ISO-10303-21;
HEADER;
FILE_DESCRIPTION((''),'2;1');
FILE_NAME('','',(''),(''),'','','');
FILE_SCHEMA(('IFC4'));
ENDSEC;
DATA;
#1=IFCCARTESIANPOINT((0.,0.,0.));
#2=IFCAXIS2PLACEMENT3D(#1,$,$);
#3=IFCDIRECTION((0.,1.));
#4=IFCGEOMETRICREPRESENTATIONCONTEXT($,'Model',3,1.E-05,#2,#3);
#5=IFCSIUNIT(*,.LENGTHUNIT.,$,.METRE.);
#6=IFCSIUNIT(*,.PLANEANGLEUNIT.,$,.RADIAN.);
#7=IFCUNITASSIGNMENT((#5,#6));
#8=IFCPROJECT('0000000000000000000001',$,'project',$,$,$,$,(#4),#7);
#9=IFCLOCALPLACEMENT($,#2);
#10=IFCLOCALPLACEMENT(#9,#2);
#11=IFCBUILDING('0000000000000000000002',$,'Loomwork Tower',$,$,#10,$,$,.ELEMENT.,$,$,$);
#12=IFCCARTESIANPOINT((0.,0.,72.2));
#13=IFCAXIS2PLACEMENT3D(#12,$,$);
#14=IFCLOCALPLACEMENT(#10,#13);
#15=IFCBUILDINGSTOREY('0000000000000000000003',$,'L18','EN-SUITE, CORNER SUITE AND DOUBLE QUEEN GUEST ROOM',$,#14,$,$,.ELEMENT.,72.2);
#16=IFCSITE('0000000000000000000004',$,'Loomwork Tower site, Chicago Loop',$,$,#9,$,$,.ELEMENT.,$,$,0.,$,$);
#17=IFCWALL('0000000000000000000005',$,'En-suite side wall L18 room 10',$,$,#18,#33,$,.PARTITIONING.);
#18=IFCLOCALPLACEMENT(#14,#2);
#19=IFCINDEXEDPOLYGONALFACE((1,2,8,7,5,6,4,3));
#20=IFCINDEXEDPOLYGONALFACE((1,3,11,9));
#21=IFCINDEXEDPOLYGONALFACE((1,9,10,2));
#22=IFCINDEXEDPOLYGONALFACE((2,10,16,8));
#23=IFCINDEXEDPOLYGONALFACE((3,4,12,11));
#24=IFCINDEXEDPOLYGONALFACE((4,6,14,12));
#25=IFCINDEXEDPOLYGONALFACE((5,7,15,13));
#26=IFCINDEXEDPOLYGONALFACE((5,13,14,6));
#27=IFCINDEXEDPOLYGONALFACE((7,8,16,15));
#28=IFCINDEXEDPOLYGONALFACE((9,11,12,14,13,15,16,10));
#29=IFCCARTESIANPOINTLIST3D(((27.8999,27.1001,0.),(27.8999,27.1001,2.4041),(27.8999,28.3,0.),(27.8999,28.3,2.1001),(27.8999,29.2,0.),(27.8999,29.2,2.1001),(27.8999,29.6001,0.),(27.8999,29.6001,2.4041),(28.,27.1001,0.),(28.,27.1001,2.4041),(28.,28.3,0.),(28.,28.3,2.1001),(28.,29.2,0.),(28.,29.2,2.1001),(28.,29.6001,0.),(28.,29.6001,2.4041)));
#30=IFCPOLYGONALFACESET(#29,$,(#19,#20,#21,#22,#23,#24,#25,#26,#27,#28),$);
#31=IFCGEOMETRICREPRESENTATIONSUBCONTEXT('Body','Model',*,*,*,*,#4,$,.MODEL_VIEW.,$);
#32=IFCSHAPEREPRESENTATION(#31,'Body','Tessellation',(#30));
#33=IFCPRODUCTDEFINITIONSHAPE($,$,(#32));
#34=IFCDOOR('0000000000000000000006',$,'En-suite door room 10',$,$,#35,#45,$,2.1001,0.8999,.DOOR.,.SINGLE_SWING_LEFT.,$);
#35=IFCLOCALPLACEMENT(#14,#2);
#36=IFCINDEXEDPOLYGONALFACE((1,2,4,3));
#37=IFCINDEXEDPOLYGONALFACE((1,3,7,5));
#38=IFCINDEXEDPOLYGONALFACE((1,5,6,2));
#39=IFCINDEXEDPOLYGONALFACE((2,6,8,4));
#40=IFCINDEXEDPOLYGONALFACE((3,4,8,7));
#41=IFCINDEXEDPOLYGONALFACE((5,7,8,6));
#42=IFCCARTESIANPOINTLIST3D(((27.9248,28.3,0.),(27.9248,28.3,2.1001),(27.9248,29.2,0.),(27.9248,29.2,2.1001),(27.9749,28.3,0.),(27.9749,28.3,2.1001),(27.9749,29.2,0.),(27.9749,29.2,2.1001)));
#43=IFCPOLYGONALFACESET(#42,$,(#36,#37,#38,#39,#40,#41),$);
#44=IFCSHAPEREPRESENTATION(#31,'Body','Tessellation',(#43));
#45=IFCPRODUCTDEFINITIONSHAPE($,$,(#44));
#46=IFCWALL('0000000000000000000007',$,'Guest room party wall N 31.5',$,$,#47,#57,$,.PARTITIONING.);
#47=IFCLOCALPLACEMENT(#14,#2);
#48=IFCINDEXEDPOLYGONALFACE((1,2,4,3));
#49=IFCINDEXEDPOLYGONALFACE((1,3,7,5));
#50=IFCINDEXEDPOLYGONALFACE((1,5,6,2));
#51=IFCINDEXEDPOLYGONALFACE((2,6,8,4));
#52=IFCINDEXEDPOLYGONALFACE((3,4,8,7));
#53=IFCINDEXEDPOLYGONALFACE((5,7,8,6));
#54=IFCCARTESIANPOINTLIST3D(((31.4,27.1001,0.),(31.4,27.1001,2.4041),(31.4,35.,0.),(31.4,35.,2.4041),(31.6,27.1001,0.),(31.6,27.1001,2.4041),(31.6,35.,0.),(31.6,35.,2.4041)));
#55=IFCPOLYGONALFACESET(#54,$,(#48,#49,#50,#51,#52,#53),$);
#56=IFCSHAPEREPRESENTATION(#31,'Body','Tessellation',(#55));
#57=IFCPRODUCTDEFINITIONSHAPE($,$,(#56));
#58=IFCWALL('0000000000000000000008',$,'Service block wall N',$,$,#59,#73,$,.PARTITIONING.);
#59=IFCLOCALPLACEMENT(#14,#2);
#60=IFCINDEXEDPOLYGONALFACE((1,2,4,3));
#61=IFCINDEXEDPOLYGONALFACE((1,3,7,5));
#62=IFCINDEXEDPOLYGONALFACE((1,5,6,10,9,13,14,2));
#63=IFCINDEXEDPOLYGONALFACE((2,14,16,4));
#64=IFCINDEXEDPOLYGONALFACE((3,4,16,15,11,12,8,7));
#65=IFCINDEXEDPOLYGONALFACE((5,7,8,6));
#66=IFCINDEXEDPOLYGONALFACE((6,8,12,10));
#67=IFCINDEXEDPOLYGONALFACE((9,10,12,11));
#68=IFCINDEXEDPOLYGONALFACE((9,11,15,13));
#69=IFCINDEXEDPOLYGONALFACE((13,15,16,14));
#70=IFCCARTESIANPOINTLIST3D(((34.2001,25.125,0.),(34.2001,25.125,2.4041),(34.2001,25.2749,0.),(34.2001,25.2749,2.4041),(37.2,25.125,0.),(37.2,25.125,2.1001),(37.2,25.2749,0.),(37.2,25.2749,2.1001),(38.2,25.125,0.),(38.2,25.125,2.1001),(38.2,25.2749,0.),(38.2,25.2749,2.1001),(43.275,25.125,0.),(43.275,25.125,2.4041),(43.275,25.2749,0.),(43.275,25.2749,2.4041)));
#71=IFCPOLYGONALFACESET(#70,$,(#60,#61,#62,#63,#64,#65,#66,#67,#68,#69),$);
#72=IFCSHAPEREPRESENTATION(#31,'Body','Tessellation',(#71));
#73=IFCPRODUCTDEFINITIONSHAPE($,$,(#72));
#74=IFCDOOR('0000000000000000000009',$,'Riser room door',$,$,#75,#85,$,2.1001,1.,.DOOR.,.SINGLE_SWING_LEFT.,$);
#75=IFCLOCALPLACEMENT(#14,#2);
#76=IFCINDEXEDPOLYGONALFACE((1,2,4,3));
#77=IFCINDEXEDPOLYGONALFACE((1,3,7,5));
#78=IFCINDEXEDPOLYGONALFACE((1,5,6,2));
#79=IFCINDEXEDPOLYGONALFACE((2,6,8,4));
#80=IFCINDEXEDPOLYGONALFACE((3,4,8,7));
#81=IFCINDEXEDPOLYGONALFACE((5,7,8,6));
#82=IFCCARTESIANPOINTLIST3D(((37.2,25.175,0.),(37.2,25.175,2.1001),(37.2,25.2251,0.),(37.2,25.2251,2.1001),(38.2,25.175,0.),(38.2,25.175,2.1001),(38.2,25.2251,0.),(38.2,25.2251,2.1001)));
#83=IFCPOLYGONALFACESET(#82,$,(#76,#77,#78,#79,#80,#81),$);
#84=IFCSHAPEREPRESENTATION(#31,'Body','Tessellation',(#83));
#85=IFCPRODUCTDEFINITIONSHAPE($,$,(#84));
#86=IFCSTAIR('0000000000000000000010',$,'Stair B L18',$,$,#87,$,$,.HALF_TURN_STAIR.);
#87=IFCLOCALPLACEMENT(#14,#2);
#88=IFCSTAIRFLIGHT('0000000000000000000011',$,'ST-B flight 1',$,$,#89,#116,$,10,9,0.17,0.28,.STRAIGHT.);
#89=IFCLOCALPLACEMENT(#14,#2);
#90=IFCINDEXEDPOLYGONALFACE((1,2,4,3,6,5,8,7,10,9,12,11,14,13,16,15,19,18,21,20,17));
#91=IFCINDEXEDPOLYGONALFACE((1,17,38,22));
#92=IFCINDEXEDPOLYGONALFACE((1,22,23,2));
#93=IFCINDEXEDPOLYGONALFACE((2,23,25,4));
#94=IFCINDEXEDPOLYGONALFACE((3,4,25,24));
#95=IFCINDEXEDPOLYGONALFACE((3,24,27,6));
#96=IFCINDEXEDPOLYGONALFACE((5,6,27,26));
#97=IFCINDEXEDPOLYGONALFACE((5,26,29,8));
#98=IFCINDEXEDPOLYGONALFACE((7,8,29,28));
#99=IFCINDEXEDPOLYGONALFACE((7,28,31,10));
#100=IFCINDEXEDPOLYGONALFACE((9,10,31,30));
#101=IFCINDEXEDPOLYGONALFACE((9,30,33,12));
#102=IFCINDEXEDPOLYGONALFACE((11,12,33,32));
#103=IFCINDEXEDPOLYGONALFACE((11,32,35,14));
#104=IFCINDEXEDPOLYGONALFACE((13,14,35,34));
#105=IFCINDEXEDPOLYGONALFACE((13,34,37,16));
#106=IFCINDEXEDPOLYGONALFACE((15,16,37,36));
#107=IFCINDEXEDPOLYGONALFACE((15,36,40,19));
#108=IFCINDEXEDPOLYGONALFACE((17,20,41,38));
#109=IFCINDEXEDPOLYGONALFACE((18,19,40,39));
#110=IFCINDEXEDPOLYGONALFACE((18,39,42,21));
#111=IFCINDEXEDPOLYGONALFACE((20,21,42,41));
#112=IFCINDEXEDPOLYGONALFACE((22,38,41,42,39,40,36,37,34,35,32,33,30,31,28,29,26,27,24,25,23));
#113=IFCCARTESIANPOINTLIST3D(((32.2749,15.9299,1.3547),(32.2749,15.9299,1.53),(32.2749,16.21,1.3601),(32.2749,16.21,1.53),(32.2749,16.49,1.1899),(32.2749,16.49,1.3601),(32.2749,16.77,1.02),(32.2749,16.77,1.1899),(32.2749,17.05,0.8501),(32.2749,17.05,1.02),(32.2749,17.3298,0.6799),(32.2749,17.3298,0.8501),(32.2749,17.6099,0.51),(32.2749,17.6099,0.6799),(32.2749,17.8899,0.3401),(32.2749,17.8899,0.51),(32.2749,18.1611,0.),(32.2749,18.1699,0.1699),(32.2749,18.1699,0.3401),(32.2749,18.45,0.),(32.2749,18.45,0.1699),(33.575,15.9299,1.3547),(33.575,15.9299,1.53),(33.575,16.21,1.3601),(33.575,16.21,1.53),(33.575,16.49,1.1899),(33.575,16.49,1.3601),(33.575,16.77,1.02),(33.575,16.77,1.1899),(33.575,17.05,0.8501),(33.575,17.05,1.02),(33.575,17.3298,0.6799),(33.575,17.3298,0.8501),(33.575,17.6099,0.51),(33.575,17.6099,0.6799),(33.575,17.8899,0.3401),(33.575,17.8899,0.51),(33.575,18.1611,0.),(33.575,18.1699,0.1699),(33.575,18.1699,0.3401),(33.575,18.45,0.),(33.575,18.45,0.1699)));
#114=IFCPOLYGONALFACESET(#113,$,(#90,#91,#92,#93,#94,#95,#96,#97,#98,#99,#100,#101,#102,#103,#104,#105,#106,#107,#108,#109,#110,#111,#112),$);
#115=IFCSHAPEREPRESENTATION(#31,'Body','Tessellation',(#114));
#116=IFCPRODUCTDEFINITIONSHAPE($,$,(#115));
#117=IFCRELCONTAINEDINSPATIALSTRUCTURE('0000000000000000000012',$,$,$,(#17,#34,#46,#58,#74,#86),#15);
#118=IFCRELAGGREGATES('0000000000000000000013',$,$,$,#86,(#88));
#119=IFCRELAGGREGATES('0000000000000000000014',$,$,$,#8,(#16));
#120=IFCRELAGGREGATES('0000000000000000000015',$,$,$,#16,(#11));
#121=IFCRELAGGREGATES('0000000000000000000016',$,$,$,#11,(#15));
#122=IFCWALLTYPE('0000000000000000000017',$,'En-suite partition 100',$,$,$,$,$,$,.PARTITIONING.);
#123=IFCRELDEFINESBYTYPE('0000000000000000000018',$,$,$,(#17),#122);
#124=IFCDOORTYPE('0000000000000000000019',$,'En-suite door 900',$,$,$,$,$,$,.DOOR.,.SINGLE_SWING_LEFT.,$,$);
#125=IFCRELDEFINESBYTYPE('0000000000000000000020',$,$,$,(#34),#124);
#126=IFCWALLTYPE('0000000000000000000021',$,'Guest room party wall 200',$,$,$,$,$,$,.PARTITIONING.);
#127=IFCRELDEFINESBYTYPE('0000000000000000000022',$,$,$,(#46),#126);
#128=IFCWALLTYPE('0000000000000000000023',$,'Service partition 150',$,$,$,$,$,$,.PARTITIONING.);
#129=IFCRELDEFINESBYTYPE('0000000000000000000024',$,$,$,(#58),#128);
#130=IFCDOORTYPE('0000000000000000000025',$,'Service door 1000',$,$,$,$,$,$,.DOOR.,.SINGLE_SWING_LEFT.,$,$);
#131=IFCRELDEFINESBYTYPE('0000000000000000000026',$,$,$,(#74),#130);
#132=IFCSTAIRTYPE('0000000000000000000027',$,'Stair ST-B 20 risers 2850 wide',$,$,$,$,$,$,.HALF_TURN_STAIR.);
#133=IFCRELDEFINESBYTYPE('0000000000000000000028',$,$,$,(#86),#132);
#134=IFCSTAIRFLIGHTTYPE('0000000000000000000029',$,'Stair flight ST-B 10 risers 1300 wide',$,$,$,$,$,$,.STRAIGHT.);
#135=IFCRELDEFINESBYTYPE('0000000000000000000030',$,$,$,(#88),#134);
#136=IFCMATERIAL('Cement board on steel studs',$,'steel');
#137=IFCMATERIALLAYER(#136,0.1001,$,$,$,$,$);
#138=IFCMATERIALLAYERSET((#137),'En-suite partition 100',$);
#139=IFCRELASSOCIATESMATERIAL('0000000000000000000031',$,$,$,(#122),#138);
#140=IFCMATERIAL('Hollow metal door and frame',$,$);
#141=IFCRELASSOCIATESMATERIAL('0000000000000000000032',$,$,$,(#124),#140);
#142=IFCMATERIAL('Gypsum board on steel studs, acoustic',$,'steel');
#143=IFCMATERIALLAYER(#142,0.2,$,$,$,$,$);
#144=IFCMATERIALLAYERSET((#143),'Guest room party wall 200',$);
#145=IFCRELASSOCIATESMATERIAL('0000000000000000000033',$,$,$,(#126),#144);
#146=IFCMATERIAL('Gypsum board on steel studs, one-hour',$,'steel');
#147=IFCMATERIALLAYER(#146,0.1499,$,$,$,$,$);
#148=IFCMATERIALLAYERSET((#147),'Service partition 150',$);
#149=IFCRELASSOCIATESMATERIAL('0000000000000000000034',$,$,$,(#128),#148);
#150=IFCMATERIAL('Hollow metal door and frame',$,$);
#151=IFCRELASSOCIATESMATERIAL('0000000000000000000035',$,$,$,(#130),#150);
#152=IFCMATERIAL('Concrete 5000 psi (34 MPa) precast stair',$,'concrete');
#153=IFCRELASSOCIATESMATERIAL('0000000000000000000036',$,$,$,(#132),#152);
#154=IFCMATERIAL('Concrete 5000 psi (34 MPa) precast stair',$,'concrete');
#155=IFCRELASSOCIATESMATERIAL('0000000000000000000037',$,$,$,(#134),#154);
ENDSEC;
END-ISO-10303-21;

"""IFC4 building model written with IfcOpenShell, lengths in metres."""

from ifc_helpers import new_model, si_unit, direction, frame, frame_2d, origin, place, context, subcontext, project, spatial, polyline, rectangle, outline, extrude, material, layer, layer_set, type_object, element, fill, aggregate, save


model = new_model("IFC4")

# Units and contexts
model_context = context("Model", 3, precision=1e-05, world=origin(), true_north=direction((0.0, 1.0)))
body_context = subcontext(model_context, "Body", "Model", "MODEL_VIEW")
ifc_project = project(units=[si_unit("LENGTHUNIT", "METRE"), si_unit("PLANEANGLEUNIT", "RADIAN")], contexts=[model_context])

# Site, building, storey
site_placement = place(None, origin())
site = spatial("IfcSite", under=ifc_project, at=site_placement, Name="Loomwork Tower site, Chicago Loop", CompositionType="ELEMENT", RefElevation=0.0)
building_placement = place(site_placement, origin())
building = spatial("IfcBuilding", under=site, at=building_placement, Name="Loomwork Tower", CompositionType="ELEMENT")
storey_placement = place(building_placement, frame((0.0, 0.0, 72.2)))
storey = spatial("IfcBuildingStorey", under=building, at=storey_placement, Name="L18", Description="EN-SUITE, CORNER SUITE AND DOUBLE QUEEN GUEST ROOM", CompositionType="ELEMENT", Elevation=72.2)

# Shared definitions
ifc_material_1 = material(Name="Cement board on steel studs", Category="steel")
ifc_layer_1 = layer(ifc_material_1, 0.1001)
ifc_layer_set_1 = layer_set([ifc_layer_1], Name="En-suite partition 100")
wall_type_1 = type_object("IfcWallType", Name="En-suite partition 100", PredefinedType="PARTITIONING", material=ifc_layer_set_1)

# Wall, opening, door
wall_1_placement = place(storey_placement, frame((27.95, 27.1001, 0.0), z_axis=(0.0, 0.0, 1.0), x_axis=(0.0, 1.0, 0.0)))
wall_1 = element("IfcWall", 1, at=wall_1_placement, inside=storey, type_object=wall_type_1, Name="En-suite side wall L18 room 10", PredefinedType="PARTITIONING", context=body_context, shape_type="SweptSolid", body=[
    extrude(rectangle(XDim=2.5, YDim=0.1001, at=frame_2d((1.25, 0.0))), origin(), (0.0, 0.0, 1.0), 2.4041),
])
opening_1_placement = place(wall_1_placement, frame((1.2, 0.0, 0.0)))
opening_1 = element("IfcOpeningElement", 2, at=opening_1_placement, cuts=wall_1, PredefinedType="OPENING", context=body_context, shape_type="SweptSolid", body=[
    extrude(rectangle(XDim=0.8999, YDim=2.1001, at=frame_2d((0.45, 1.05))), frame((0.0, 0.0601, 0.0), z_axis=(0.0, -1.0, 0.0), x_axis=(1.0, 0.0, 0.0)), (0.0, 0.0, 1.0), 0.1201),
])
ifc_material_2 = material(Name="Hollow metal door and frame")
door_type_1 = type_object("IfcDoorType", Name="En-suite door 900", OperationType="SINGLE_SWING_LEFT", PredefinedType="DOOR", material=ifc_material_2)
door_1_placement = place(opening_1_placement, frame((0.8999, 0.0, 0.0), z_axis=(0.0, 0.0, 1.0), x_axis=(-1.0, 0.0, 0.0)))
door_1 = element("IfcDoor", 3, at=door_1_placement, inside=storey, type_object=door_type_1, Name="En-suite door room 10", OperationType="SINGLE_SWING_LEFT", OverallHeight=2.1001, OverallWidth=0.8999, PredefinedType="DOOR", context=body_context, shape_type="SweptSolid", body=[
    extrude(rectangle(XDim=0.8999, YDim=2.1001, at=frame_2d((0.45, 1.05))), frame((0.0, 0.0249, 0.0), z_axis=(0.0, -1.0, 0.0), x_axis=(1.0, 0.0, 0.0)), (0.0, 0.0, 1.0), 0.05),
])
fill(opening_1, door_1)

# Wall
ifc_material_3 = material(Name="Gypsum board on steel studs, acoustic", Category="steel")
ifc_layer_2 = layer(ifc_material_3, 0.2)
ifc_layer_set_2 = layer_set([ifc_layer_2], Name="Guest room party wall 200")
wall_type_2 = type_object("IfcWallType", Name="Guest room party wall 200", PredefinedType="PARTITIONING", material=ifc_layer_set_2)
wall_2_placement = place(storey_placement, frame((31.5, 27.1001, 0.0), z_axis=(0.0, 0.0, 1.0), x_axis=(0.0, 1.0, 0.0)))
element("IfcWall", 4, at=wall_2_placement, inside=storey, type_object=wall_type_2, Name="Guest room party wall N 31.5", PredefinedType="PARTITIONING", context=body_context, shape_type="SweptSolid", body=[
    extrude(rectangle(XDim=7.8999, YDim=0.2, at=frame_2d((3.95, 0.0))), origin(), (0.0, 0.0, 1.0), 2.4041),
])

# Wall, opening, door
ifc_material_4 = material(Name="Gypsum board on steel studs, one-hour", Category="steel")
ifc_layer_3 = layer(ifc_material_4, 0.1499)
ifc_layer_set_3 = layer_set([ifc_layer_3], Name="Service partition 150")
wall_type_3 = type_object("IfcWallType", Name="Service partition 150", PredefinedType="PARTITIONING", material=ifc_layer_set_3)
wall_3_placement = place(storey_placement, frame((34.2, 25.2, 0.0), z_axis=(0.0, 0.0, 1.0), x_axis=(1.0, 0.0, 0.0)))
wall_3 = element("IfcWall", 5, at=wall_3_placement, inside=storey, type_object=wall_type_3, Name="Service block wall N", PredefinedType="PARTITIONING", context=body_context, shape_type="SweptSolid", body=[
    extrude(rectangle(XDim=9.075, YDim=0.1499, at=frame_2d((4.5376, 0.0))), origin(), (0.0, 0.0, 1.0), 2.4041),
])
opening_2_placement = place(wall_3_placement, frame((3.0, 0.0, 0.0)))
opening_2 = element("IfcOpeningElement", 6, at=opening_2_placement, cuts=wall_3, PredefinedType="OPENING", context=body_context, shape_type="SweptSolid", body=[
    extrude(rectangle(XDim=1.0, YDim=2.1001, at=frame_2d((0.5, 1.05))), frame((0.0, 0.085, 0.0), z_axis=(0.0, -1.0, 0.0), x_axis=(1.0, 0.0, 0.0)), (0.0, 0.0, 1.0), 0.1699),
])
ifc_material_5 = material(Name="Hollow metal door and frame")
door_type_2 = type_object("IfcDoorType", Name="Service door 1000", OperationType="SINGLE_SWING_LEFT", PredefinedType="DOOR", material=ifc_material_5)
door_2_placement = place(opening_2_placement, frame((1.0, 0.0, 0.0), z_axis=(0.0, 0.0, 1.0), x_axis=(-1.0, 0.0, 0.0)))
door_2 = element("IfcDoor", 7, at=door_2_placement, inside=storey, type_object=door_type_2, Name="Riser room door", OperationType="SINGLE_SWING_LEFT", OverallHeight=2.1001, OverallWidth=1.0, PredefinedType="DOOR", context=body_context, shape_type="SweptSolid", body=[
    extrude(rectangle(XDim=1.0, YDim=2.1001, at=frame_2d((0.5, 1.05))), frame((0.0, 0.0249, 0.0), z_axis=(0.0, -1.0, 0.0), x_axis=(1.0, 0.0, 0.0)), (0.0, 0.0, 1.0), 0.05),
])
fill(opening_2, door_2)

# Stair, stair flight
ifc_material_6 = material(Name="Concrete 5000 psi (34 MPa) precast stair", Category="concrete")
stair_type = type_object("IfcStairType", Name="Stair ST-B 20 risers 2850 wide", PredefinedType="HALF_TURN_STAIR", material=ifc_material_6)
stair_placement = place(storey_placement, origin())
stair = element("IfcStair", 8, at=stair_placement, inside=storey, type_object=stair_type, Name="Stair B L18", PredefinedType="HALF_TURN_STAIR")
ifc_material_7 = material(Name="Concrete 5000 psi (34 MPa) precast stair", Category="concrete")
stair_flight_type = type_object("IfcStairFlightType", Name="Stair flight ST-B 10 risers 1300 wide", PredefinedType="STRAIGHT", material=ifc_material_7)
stair_flight_placement = place(storey_placement, frame((32.925, 18.45, 0.0), z_axis=(0.0, 0.0, 1.0), x_axis=(0.0, -1.0, 0.0)))
stair_flight = element("IfcStairFlight", 9, at=stair_flight_placement, type_object=stair_flight_type, Name="ST-B flight 1", NumberOfRisers=10, NumberOfTreads=9, PredefinedType="STRAIGHT", RiserHeight=0.17, TreadLength=0.28, context=body_context, shape_type="SweptSolid", body=[
    extrude(outline(polyline([(0.0, 0.0), (0.0, 0.1699), (0.28, 0.1699), (0.28, 0.3401), (0.5601, 0.3401), (0.5601, 0.51), (0.8401, 0.51), (0.8401, 0.6799), (1.1201, 0.6799), (1.1201, 0.8501), (1.3999, 0.8501), (1.3999, 1.02), (1.6799, 1.02), (1.6799, 1.1899), (1.96, 1.1899), (1.96, 1.3601), (2.24, 1.3601), (2.24, 1.53), (2.52, 1.53), (2.52, 1.7), (2.52, 1.3547), (0.2888, 0.0), (0.0, 0.0)])), frame((0.0, 0.6499, 0.0), z_axis=(0.0, -1.0, 0.0), x_axis=(1.0, 0.0, 0.0)), (0.0, 0.0, 1.0), 1.3),
])
aggregate(stair, [stair_flight])

save(model, "model.ifc")
